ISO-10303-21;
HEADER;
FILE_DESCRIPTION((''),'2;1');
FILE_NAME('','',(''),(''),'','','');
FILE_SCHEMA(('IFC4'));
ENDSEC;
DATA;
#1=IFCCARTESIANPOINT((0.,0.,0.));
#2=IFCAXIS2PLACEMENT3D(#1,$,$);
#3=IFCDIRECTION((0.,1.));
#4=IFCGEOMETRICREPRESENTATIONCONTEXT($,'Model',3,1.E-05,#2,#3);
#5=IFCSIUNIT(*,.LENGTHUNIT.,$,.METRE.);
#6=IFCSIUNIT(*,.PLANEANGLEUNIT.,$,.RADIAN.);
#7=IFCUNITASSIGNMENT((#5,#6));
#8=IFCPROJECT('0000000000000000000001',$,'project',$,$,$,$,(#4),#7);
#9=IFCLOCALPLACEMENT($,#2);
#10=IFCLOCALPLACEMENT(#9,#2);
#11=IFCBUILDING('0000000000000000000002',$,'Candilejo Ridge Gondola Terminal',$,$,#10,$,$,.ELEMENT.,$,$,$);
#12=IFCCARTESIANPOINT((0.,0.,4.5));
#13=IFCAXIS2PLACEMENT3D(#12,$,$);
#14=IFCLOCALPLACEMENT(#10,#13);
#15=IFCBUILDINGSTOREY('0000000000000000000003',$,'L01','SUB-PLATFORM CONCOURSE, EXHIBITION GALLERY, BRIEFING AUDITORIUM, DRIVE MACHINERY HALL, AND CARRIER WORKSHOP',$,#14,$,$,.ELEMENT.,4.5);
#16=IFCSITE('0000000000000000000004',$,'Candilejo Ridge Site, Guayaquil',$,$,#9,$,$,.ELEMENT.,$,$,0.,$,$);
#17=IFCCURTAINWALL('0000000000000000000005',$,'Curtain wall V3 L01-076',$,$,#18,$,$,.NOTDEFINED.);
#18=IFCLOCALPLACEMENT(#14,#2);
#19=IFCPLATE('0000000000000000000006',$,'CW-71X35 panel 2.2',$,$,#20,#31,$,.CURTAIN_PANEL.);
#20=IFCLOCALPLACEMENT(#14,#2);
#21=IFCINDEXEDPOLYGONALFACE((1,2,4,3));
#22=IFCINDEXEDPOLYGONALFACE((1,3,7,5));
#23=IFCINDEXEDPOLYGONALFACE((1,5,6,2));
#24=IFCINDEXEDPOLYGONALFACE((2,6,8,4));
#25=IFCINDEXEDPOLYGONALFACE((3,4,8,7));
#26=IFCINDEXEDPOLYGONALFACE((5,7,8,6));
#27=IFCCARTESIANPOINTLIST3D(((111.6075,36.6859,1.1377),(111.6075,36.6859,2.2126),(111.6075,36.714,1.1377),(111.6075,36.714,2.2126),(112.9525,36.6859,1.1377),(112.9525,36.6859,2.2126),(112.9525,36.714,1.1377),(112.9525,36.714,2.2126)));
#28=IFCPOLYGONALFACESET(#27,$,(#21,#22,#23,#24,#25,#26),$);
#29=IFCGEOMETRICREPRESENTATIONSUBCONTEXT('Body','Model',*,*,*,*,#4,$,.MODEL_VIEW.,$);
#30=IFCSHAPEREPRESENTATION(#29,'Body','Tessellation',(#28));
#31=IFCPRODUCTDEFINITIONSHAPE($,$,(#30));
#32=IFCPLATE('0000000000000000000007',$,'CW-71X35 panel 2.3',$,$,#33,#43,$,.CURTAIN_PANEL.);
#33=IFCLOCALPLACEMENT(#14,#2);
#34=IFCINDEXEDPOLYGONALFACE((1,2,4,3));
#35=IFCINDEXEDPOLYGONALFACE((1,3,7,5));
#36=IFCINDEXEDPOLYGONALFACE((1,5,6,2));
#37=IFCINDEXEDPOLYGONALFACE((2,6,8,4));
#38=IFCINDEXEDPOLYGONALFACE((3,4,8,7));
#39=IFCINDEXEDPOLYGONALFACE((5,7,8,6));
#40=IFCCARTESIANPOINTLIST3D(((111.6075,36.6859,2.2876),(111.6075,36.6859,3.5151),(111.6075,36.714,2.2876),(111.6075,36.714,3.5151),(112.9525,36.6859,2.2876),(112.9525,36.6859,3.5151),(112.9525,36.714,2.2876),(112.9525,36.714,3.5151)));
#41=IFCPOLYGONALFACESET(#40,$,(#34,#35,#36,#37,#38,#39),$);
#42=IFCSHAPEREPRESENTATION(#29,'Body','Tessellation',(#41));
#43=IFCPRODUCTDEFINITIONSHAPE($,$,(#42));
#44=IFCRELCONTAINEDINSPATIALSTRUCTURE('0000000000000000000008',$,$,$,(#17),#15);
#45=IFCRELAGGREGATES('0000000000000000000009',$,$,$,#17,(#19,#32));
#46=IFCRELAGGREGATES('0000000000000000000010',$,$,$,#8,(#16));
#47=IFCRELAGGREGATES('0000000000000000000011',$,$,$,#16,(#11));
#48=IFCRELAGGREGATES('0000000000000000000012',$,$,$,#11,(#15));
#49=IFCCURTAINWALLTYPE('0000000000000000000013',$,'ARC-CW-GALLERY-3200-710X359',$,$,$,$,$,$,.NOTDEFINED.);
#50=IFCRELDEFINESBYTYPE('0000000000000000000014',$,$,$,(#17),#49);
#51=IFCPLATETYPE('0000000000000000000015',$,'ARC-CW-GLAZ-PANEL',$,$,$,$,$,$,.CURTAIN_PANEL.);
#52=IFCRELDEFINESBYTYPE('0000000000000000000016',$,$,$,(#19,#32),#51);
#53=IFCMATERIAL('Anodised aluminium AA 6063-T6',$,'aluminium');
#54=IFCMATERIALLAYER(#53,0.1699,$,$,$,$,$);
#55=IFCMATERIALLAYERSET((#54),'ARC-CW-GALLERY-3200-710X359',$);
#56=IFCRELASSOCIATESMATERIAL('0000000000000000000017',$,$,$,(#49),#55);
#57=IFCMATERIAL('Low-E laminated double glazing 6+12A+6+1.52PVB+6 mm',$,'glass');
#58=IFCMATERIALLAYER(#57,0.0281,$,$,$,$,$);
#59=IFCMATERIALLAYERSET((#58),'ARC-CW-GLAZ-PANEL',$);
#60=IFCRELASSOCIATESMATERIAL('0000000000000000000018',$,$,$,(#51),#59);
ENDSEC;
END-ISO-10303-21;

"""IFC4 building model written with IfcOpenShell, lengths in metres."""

from ifc_helpers import new_model, si_unit, direction, frame, origin, origin_2d, place, context, subcontext, project, spatial, rectangle, extrude, material, layer, layer_set, type_object, element, aggregate, save


model = new_model("IFC4")

# Units and contexts
model_context = context("Model", 3, precision=1e-05, world=origin(), true_north=direction((0.0, 1.0)))
body_context = subcontext(model_context, "Body", "Model", "MODEL_VIEW")
ifc_project = project(units=[si_unit("LENGTHUNIT", "METRE"), si_unit("PLANEANGLEUNIT", "RADIAN")], contexts=[model_context])

# Site, building, storey
site_placement = place(None, origin())
site = spatial("IfcSite", under=ifc_project, at=site_placement, Name="Candilejo Ridge Site, Guayaquil", CompositionType="ELEMENT", RefElevation=0.0)
building_placement = place(site_placement, origin())
building = spatial("IfcBuilding", under=site, at=building_placement, Name="Candilejo Ridge Gondola Terminal", CompositionType="ELEMENT")
storey_placement = place(building_placement, frame((0.0, 0.0, 4.5)))
storey = spatial("IfcBuildingStorey", under=building, at=storey_placement, Name="L01", Description="SUB-PLATFORM CONCOURSE, EXHIBITION GALLERY, BRIEFING AUDITORIUM, DRIVE MACHINERY HALL, AND CARRIER WORKSHOP", CompositionType="ELEMENT", Elevation=4.5)

# Curtain wall
ifc_material_1 = material(Name="Anodised aluminium AA 6063-T6", Category="aluminium")
ifc_layer_1 = layer(ifc_material_1, 0.1699)
ifc_layer_set_1 = layer_set([ifc_layer_1], Name="ARC-CW-GALLERY-3200-710X359")
curtain_wall_type_1 = type_object("IfcCurtainWallType", Name="ARC-CW-GALLERY-3200-710X359", PredefinedType="NOTDEFINED", material=ifc_layer_set_1)
curtain_wall_1_placement = place(storey_placement, origin())
curtain_wall_1 = element("IfcCurtainWall", 1, at=curtain_wall_1_placement, inside=storey, type_object=curtain_wall_type_1, Name="Curtain wall V3 L01-076", PredefinedType="NOTDEFINED")

# Plates
ifc_material_2 = material(Name="Low-E laminated double glazing 6+12A+6+1.52PVB+6 mm", Category="glass")
ifc_layer_2 = layer(ifc_material_2, 0.0281)
ifc_layer_set_2 = layer_set([ifc_layer_2], Name="ARC-CW-GLAZ-PANEL")
plate_type = type_object("IfcPlateType", Name="ARC-CW-GLAZ-PANEL", PredefinedType="CURTAIN_PANEL", material=ifc_layer_set_2)
plate_1_placement = place(storey_placement, frame((112.28, 36.7, 1.1377), z_axis=(0.0, 0.0, 1.0), x_axis=(1.0, 0.0, 0.0)))
plate_1 = element("IfcPlate", 2, at=plate_1_placement, type_object=plate_type, Name="CW-71X35 panel 2.2", PredefinedType="CURTAIN_PANEL", context=body_context, shape_type="SweptSolid", body=[
    extrude(rectangle(XDim=1.345, YDim=0.0281, at=origin_2d()), origin(), (0.0, 0.0, 1.0), 1.075),
])
plate_2_placement = place(storey_placement, frame((112.28, 36.7, 2.2876), z_axis=(0.0, 0.0, 1.0), x_axis=(1.0, 0.0, 0.0)))
plate_2 = element("IfcPlate", 3, at=plate_2_placement, type_object=plate_type, Name="CW-71X35 panel 2.3", PredefinedType="CURTAIN_PANEL", context=body_context, shape_type="SweptSolid", body=[
    extrude(rectangle(XDim=1.345, YDim=0.0281, at=origin_2d()), origin(), (0.0, 0.0, 1.0), 1.2275),
])
aggregate(curtain_wall_1, [plate_1, plate_2])

save(model, "model.ifc")
